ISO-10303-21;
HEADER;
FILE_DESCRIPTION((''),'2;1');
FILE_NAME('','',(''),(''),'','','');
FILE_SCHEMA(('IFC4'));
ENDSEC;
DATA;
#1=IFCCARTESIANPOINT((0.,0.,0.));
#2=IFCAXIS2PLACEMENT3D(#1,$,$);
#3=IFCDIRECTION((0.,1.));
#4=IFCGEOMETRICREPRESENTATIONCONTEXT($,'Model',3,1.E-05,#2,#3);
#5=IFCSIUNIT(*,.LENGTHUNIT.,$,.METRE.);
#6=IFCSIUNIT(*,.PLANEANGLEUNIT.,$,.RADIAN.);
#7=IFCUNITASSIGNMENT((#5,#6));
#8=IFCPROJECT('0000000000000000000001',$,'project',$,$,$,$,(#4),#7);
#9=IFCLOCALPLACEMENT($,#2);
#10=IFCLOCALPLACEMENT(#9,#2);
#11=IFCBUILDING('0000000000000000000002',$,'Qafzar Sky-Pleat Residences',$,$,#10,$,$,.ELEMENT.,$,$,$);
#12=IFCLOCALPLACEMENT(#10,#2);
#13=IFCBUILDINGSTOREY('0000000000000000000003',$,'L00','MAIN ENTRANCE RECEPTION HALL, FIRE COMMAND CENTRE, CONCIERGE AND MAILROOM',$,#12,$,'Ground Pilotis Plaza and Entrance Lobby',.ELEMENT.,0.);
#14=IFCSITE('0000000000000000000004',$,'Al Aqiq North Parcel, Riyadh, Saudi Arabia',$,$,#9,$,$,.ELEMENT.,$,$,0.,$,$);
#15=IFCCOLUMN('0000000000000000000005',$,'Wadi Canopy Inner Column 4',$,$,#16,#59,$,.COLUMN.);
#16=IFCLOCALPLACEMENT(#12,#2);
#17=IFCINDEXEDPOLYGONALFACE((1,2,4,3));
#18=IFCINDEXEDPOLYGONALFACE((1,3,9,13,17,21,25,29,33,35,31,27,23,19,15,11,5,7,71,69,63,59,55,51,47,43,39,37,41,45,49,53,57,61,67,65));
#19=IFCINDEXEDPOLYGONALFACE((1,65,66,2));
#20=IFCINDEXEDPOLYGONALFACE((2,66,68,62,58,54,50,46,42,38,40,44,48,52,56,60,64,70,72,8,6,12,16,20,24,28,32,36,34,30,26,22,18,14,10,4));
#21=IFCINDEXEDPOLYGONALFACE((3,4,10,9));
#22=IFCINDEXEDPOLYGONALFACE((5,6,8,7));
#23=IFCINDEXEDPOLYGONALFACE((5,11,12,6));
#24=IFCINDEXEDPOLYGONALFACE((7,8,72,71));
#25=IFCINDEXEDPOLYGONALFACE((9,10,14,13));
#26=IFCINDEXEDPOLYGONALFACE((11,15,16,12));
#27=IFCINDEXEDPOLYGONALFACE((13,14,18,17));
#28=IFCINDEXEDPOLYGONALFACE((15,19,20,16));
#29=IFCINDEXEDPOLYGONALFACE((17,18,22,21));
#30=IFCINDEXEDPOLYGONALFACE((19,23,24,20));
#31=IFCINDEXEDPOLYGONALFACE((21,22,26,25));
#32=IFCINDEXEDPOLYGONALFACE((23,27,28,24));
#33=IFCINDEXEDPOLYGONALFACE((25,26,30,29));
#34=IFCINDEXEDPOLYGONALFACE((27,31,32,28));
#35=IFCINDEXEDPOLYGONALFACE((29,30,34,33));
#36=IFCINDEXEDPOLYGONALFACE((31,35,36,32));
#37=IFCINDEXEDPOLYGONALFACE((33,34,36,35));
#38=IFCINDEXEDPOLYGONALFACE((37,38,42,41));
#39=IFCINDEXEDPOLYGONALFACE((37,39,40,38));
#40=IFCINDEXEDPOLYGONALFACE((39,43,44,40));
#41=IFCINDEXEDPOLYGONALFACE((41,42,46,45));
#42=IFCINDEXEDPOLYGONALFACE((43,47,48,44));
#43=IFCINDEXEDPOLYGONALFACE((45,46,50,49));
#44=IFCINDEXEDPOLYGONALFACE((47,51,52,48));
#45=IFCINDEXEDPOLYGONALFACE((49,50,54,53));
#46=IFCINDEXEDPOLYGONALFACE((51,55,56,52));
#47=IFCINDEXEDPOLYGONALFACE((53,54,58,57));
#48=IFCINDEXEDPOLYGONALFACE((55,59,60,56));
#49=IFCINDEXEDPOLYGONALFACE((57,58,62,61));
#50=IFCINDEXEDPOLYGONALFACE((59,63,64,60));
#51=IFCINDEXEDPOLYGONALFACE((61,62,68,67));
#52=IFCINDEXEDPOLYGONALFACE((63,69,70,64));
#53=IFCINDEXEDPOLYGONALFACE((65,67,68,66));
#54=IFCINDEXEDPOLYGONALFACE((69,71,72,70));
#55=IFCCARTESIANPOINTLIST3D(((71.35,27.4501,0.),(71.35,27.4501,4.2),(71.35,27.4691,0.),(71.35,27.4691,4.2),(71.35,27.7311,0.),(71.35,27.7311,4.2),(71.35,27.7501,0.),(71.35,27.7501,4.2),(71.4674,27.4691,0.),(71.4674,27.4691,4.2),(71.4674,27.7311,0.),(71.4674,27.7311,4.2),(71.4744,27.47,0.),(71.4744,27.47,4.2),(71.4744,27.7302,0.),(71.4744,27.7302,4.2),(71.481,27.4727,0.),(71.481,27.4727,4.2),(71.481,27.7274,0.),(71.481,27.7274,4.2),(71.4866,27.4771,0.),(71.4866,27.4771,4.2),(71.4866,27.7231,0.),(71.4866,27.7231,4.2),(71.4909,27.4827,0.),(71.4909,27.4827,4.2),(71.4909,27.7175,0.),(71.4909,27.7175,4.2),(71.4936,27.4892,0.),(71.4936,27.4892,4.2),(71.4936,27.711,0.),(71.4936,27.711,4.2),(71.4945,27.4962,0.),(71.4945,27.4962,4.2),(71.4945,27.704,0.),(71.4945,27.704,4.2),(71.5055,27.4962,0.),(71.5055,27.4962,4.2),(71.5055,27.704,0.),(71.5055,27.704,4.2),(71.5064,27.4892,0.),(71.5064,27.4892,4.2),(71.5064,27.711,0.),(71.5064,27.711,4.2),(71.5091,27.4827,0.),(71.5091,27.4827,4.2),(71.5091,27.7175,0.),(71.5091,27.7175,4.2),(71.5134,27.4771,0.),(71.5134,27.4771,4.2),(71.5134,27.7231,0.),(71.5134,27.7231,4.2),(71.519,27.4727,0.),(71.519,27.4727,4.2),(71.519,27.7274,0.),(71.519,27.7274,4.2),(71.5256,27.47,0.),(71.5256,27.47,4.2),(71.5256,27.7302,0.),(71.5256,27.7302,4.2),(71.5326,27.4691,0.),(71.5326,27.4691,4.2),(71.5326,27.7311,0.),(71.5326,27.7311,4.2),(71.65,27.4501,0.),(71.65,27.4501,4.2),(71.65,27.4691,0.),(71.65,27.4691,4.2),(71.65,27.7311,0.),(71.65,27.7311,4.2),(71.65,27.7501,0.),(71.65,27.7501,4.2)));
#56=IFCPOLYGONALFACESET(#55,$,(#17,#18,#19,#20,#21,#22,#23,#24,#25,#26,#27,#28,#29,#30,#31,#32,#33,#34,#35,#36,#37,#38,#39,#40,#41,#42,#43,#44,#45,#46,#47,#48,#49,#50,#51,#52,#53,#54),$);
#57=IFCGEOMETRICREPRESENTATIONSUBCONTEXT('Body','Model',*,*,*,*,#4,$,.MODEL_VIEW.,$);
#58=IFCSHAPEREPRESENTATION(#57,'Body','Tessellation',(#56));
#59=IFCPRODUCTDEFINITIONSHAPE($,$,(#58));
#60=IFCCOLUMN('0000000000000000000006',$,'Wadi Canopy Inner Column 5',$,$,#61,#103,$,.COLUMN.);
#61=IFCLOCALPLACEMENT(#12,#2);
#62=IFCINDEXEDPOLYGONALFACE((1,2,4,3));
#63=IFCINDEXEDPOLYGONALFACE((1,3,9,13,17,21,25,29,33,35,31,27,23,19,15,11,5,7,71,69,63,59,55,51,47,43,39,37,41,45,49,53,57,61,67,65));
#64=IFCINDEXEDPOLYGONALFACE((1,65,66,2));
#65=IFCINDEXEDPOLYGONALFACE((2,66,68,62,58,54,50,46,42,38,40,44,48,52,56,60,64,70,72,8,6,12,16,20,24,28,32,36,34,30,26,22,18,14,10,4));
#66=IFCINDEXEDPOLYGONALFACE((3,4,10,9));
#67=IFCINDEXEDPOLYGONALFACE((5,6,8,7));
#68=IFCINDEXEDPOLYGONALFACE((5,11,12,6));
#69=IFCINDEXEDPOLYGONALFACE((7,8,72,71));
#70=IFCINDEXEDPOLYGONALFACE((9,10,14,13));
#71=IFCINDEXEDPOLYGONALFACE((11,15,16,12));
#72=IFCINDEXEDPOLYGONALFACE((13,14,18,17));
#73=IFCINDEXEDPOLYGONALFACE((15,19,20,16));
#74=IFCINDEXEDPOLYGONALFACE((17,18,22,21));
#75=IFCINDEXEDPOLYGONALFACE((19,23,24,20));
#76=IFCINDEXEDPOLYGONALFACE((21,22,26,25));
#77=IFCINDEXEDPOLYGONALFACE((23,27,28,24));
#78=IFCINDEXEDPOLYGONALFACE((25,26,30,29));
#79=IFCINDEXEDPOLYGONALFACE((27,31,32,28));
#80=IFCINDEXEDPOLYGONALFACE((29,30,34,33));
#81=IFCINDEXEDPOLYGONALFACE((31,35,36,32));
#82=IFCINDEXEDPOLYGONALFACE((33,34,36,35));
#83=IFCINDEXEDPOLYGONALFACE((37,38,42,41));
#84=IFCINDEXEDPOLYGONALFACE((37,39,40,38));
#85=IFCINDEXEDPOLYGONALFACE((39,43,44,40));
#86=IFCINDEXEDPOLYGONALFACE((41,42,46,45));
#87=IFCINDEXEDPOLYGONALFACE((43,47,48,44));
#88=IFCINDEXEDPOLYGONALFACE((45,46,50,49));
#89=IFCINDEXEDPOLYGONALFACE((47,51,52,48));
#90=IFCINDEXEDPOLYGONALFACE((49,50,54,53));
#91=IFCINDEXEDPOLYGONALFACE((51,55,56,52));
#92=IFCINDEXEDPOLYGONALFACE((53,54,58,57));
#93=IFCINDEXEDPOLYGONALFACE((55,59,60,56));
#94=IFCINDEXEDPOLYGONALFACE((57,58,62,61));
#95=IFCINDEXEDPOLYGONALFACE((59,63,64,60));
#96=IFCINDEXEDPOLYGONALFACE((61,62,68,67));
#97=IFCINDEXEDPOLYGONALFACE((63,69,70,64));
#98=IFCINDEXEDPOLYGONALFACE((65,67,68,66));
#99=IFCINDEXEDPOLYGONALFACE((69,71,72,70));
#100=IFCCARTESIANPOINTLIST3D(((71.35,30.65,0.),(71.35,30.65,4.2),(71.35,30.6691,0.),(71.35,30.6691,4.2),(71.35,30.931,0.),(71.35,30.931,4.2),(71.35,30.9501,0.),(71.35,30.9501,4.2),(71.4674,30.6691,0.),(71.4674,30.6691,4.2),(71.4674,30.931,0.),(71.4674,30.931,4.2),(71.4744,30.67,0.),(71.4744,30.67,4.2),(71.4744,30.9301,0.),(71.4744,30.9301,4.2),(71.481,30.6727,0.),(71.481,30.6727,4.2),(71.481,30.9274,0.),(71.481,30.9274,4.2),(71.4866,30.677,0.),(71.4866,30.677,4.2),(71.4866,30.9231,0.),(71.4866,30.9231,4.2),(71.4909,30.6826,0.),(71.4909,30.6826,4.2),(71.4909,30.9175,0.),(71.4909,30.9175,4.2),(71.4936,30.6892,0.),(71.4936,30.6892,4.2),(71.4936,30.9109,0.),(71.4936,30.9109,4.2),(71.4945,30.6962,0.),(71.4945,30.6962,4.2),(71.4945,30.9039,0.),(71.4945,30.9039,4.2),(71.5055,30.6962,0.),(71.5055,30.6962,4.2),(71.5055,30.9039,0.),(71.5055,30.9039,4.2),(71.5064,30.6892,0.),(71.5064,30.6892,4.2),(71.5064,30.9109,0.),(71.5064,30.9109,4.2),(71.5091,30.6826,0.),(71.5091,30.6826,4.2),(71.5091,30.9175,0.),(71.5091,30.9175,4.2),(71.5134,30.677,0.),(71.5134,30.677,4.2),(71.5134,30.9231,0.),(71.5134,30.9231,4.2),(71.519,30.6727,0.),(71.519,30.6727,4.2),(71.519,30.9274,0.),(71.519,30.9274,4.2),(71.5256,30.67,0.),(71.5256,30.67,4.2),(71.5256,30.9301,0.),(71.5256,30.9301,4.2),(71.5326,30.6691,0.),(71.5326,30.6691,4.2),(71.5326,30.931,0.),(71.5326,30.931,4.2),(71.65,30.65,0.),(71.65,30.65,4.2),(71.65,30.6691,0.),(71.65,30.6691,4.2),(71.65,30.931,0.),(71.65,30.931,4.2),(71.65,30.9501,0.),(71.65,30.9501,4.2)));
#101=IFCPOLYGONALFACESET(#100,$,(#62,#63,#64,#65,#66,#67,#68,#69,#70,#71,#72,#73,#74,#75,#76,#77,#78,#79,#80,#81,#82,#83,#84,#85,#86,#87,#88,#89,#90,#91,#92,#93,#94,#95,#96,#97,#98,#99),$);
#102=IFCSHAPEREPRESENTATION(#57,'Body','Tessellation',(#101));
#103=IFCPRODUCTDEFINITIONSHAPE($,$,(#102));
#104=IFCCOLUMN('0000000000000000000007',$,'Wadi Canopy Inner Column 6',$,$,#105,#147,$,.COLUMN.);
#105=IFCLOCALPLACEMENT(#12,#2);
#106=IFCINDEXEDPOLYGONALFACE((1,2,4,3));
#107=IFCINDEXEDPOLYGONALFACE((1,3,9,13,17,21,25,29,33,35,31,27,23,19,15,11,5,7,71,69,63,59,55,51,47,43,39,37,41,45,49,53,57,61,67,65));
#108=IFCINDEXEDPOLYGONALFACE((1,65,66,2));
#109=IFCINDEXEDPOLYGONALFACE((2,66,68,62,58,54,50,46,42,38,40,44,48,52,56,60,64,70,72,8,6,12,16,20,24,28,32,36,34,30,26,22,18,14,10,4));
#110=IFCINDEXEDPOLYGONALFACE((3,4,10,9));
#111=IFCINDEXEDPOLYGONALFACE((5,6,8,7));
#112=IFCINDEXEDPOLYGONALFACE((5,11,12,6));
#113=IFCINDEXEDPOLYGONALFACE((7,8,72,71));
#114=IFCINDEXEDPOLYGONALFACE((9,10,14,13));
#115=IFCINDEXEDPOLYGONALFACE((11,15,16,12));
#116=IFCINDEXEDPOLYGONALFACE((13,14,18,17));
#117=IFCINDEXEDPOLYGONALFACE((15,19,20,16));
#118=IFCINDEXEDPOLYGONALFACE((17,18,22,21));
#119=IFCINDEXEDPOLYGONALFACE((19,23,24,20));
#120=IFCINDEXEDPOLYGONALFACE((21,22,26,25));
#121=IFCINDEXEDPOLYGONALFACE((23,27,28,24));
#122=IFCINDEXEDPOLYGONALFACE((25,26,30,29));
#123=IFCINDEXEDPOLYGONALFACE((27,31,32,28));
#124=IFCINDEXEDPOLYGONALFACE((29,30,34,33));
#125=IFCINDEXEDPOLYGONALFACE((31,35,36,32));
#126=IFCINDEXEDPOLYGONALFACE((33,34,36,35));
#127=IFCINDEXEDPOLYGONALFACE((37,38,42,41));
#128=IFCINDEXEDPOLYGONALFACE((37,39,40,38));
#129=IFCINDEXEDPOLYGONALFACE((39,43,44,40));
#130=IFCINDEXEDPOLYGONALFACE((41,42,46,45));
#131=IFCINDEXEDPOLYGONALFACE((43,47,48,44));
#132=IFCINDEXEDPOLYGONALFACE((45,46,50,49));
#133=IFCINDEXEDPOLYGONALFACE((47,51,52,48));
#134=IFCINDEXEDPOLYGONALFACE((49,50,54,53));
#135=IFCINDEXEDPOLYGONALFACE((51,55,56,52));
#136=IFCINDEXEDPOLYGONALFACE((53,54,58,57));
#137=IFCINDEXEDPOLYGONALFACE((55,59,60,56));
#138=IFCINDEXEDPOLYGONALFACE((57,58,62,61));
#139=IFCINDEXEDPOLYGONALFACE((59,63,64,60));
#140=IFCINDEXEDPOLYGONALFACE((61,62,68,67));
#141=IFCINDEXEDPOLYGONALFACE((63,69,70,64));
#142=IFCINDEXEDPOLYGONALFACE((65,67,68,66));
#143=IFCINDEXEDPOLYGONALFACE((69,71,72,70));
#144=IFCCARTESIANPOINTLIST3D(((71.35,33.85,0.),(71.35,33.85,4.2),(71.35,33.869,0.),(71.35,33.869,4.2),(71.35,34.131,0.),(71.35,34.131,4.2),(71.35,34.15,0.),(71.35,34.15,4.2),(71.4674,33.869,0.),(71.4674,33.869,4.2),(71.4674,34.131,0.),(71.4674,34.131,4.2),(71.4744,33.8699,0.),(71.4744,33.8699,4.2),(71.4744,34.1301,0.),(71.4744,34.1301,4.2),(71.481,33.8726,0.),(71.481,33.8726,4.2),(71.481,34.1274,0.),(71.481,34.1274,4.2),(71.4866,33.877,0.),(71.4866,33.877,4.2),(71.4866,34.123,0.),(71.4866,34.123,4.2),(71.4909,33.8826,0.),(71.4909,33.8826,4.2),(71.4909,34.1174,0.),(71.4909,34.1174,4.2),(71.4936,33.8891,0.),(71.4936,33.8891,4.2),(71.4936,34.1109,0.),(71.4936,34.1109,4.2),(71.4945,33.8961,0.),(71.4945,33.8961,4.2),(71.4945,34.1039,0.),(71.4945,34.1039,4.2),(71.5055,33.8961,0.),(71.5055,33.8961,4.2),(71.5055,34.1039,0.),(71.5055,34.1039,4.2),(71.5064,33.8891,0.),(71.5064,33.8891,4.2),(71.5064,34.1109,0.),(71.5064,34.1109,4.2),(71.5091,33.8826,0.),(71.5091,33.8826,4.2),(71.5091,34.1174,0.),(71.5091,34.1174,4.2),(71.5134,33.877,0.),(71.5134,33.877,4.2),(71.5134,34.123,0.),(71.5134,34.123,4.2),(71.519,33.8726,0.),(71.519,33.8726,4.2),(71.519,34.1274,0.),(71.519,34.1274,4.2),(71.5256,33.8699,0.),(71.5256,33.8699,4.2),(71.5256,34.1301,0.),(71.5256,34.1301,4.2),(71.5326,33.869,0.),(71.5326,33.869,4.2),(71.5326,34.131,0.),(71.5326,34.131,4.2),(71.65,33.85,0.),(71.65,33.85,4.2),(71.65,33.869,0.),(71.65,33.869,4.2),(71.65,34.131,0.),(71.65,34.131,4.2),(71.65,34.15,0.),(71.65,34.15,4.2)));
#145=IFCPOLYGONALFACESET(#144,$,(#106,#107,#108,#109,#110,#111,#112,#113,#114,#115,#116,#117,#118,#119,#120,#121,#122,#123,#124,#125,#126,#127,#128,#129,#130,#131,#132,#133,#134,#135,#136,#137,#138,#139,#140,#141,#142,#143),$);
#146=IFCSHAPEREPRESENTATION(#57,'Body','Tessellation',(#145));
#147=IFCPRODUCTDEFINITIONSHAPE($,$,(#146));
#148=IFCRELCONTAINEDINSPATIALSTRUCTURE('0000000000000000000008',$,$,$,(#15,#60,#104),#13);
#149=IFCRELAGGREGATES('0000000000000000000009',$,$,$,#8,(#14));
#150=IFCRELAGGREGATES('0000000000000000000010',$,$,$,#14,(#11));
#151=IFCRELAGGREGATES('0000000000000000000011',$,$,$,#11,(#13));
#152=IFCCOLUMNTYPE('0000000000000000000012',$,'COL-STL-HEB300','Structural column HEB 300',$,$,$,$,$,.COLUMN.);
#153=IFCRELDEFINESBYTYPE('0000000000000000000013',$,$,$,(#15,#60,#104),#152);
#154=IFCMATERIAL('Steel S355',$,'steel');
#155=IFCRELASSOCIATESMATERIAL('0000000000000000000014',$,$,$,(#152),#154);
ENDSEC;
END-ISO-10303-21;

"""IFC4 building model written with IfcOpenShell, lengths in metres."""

from ifc_helpers import new_model, si_unit, direction, frame, origin, origin_2d, place, context, subcontext, project, spatial, i_section, extrude, source, transform, mapped, material, material_profile, profile_set, type_object, element, save


model = new_model("IFC4")

# Units and contexts
model_context = context("Model", 3, precision=1e-05, world=origin(), true_north=direction((0.0, 1.0)))
body_context = subcontext(model_context, "Body", "Model", "MODEL_VIEW")
ifc_project = project(units=[si_unit("LENGTHUNIT", "METRE"), si_unit("PLANEANGLEUNIT", "RADIAN")], contexts=[model_context])

# Site, building, storey
site_placement = place(None, origin())
site = spatial("IfcSite", under=ifc_project, at=site_placement, Name="Al Aqiq North Parcel, Riyadh, Saudi Arabia", CompositionType="ELEMENT", RefElevation=0.0)
building_placement = place(site_placement, origin())
building = spatial("IfcBuilding", under=site, at=building_placement, Name="Qafzar Sky-Pleat Residences", CompositionType="ELEMENT")
storey_placement = place(building_placement, origin())
storey = spatial("IfcBuildingStorey", under=building, at=storey_placement, Name="L00", Description="MAIN ENTRANCE RECEPTION HALL, FIRE COMMAND CENTRE, CONCIERGE AND MAILROOM", LongName="Ground Pilotis Plaza and Entrance Lobby", CompositionType="ELEMENT", Elevation=0.0)

# Columns
ifc_material_1 = material(Name="Steel S355", Category="steel")
ifc_material_profile_1 = material_profile(ifc_material_1, i_section(OverallWidth=0.3, OverallDepth=0.3, WebThickness=0.011, FlangeThickness=0.019, FilletRadius=0.0271, at=origin_2d()), Name="HEB 300")
ifc_profile_set_1 = profile_set([ifc_material_profile_1], Name="Steel S355")
column_type_1 = type_object("IfcColumnType", Name="COL-STL-HEB300", Description="Structural column HEB 300", PredefinedType="COLUMN", material=ifc_profile_set_1)
shared_shape_1 = source(origin(), body_context, "Body", "SweptSolid", [
    extrude(i_section(OverallWidth=0.3, OverallDepth=0.3, WebThickness=0.011, FlangeThickness=0.019, FilletRadius=0.0271, at=origin_2d()), origin(), (0.0, 0.0, 1.0), 4.2),
])
for number, where, z_axis, x_axis, name in (
    (1, (71.5, 27.6001, 0.0), (0.0, 0.0, 1.0), (1.0, 0.0, 0.0), "Wadi Canopy Inner Column 4"),
    (2, (71.5, 30.8, 0.0), (0.0, 0.0, 1.0), (1.0, 0.0, 0.0), "Wadi Canopy Inner Column 5"),
    (3, (71.5, 34.0, 0.0), (0.0, 0.0, 1.0), (1.0, 0.0, 0.0), "Wadi Canopy Inner Column 6"),
):
    element("IfcColumn", number, at=place(storey_placement, frame(where, z_axis=z_axis, x_axis=x_axis)), inside=storey, type_object=column_type_1, Name=name, PredefinedType="COLUMN", context=body_context, shape_type="MappedRepresentation", body=[
        mapped(shared_shape_1, transform((0.0, 0.0, 0.0), x_axis=(1.0, 0.0, 0.0), y_axis=(0.0, 1.0, 0.0), z_axis=(0.0, 0.0, 1.0), scale=1.0)),
    ])

save(model, "model.ifc")
